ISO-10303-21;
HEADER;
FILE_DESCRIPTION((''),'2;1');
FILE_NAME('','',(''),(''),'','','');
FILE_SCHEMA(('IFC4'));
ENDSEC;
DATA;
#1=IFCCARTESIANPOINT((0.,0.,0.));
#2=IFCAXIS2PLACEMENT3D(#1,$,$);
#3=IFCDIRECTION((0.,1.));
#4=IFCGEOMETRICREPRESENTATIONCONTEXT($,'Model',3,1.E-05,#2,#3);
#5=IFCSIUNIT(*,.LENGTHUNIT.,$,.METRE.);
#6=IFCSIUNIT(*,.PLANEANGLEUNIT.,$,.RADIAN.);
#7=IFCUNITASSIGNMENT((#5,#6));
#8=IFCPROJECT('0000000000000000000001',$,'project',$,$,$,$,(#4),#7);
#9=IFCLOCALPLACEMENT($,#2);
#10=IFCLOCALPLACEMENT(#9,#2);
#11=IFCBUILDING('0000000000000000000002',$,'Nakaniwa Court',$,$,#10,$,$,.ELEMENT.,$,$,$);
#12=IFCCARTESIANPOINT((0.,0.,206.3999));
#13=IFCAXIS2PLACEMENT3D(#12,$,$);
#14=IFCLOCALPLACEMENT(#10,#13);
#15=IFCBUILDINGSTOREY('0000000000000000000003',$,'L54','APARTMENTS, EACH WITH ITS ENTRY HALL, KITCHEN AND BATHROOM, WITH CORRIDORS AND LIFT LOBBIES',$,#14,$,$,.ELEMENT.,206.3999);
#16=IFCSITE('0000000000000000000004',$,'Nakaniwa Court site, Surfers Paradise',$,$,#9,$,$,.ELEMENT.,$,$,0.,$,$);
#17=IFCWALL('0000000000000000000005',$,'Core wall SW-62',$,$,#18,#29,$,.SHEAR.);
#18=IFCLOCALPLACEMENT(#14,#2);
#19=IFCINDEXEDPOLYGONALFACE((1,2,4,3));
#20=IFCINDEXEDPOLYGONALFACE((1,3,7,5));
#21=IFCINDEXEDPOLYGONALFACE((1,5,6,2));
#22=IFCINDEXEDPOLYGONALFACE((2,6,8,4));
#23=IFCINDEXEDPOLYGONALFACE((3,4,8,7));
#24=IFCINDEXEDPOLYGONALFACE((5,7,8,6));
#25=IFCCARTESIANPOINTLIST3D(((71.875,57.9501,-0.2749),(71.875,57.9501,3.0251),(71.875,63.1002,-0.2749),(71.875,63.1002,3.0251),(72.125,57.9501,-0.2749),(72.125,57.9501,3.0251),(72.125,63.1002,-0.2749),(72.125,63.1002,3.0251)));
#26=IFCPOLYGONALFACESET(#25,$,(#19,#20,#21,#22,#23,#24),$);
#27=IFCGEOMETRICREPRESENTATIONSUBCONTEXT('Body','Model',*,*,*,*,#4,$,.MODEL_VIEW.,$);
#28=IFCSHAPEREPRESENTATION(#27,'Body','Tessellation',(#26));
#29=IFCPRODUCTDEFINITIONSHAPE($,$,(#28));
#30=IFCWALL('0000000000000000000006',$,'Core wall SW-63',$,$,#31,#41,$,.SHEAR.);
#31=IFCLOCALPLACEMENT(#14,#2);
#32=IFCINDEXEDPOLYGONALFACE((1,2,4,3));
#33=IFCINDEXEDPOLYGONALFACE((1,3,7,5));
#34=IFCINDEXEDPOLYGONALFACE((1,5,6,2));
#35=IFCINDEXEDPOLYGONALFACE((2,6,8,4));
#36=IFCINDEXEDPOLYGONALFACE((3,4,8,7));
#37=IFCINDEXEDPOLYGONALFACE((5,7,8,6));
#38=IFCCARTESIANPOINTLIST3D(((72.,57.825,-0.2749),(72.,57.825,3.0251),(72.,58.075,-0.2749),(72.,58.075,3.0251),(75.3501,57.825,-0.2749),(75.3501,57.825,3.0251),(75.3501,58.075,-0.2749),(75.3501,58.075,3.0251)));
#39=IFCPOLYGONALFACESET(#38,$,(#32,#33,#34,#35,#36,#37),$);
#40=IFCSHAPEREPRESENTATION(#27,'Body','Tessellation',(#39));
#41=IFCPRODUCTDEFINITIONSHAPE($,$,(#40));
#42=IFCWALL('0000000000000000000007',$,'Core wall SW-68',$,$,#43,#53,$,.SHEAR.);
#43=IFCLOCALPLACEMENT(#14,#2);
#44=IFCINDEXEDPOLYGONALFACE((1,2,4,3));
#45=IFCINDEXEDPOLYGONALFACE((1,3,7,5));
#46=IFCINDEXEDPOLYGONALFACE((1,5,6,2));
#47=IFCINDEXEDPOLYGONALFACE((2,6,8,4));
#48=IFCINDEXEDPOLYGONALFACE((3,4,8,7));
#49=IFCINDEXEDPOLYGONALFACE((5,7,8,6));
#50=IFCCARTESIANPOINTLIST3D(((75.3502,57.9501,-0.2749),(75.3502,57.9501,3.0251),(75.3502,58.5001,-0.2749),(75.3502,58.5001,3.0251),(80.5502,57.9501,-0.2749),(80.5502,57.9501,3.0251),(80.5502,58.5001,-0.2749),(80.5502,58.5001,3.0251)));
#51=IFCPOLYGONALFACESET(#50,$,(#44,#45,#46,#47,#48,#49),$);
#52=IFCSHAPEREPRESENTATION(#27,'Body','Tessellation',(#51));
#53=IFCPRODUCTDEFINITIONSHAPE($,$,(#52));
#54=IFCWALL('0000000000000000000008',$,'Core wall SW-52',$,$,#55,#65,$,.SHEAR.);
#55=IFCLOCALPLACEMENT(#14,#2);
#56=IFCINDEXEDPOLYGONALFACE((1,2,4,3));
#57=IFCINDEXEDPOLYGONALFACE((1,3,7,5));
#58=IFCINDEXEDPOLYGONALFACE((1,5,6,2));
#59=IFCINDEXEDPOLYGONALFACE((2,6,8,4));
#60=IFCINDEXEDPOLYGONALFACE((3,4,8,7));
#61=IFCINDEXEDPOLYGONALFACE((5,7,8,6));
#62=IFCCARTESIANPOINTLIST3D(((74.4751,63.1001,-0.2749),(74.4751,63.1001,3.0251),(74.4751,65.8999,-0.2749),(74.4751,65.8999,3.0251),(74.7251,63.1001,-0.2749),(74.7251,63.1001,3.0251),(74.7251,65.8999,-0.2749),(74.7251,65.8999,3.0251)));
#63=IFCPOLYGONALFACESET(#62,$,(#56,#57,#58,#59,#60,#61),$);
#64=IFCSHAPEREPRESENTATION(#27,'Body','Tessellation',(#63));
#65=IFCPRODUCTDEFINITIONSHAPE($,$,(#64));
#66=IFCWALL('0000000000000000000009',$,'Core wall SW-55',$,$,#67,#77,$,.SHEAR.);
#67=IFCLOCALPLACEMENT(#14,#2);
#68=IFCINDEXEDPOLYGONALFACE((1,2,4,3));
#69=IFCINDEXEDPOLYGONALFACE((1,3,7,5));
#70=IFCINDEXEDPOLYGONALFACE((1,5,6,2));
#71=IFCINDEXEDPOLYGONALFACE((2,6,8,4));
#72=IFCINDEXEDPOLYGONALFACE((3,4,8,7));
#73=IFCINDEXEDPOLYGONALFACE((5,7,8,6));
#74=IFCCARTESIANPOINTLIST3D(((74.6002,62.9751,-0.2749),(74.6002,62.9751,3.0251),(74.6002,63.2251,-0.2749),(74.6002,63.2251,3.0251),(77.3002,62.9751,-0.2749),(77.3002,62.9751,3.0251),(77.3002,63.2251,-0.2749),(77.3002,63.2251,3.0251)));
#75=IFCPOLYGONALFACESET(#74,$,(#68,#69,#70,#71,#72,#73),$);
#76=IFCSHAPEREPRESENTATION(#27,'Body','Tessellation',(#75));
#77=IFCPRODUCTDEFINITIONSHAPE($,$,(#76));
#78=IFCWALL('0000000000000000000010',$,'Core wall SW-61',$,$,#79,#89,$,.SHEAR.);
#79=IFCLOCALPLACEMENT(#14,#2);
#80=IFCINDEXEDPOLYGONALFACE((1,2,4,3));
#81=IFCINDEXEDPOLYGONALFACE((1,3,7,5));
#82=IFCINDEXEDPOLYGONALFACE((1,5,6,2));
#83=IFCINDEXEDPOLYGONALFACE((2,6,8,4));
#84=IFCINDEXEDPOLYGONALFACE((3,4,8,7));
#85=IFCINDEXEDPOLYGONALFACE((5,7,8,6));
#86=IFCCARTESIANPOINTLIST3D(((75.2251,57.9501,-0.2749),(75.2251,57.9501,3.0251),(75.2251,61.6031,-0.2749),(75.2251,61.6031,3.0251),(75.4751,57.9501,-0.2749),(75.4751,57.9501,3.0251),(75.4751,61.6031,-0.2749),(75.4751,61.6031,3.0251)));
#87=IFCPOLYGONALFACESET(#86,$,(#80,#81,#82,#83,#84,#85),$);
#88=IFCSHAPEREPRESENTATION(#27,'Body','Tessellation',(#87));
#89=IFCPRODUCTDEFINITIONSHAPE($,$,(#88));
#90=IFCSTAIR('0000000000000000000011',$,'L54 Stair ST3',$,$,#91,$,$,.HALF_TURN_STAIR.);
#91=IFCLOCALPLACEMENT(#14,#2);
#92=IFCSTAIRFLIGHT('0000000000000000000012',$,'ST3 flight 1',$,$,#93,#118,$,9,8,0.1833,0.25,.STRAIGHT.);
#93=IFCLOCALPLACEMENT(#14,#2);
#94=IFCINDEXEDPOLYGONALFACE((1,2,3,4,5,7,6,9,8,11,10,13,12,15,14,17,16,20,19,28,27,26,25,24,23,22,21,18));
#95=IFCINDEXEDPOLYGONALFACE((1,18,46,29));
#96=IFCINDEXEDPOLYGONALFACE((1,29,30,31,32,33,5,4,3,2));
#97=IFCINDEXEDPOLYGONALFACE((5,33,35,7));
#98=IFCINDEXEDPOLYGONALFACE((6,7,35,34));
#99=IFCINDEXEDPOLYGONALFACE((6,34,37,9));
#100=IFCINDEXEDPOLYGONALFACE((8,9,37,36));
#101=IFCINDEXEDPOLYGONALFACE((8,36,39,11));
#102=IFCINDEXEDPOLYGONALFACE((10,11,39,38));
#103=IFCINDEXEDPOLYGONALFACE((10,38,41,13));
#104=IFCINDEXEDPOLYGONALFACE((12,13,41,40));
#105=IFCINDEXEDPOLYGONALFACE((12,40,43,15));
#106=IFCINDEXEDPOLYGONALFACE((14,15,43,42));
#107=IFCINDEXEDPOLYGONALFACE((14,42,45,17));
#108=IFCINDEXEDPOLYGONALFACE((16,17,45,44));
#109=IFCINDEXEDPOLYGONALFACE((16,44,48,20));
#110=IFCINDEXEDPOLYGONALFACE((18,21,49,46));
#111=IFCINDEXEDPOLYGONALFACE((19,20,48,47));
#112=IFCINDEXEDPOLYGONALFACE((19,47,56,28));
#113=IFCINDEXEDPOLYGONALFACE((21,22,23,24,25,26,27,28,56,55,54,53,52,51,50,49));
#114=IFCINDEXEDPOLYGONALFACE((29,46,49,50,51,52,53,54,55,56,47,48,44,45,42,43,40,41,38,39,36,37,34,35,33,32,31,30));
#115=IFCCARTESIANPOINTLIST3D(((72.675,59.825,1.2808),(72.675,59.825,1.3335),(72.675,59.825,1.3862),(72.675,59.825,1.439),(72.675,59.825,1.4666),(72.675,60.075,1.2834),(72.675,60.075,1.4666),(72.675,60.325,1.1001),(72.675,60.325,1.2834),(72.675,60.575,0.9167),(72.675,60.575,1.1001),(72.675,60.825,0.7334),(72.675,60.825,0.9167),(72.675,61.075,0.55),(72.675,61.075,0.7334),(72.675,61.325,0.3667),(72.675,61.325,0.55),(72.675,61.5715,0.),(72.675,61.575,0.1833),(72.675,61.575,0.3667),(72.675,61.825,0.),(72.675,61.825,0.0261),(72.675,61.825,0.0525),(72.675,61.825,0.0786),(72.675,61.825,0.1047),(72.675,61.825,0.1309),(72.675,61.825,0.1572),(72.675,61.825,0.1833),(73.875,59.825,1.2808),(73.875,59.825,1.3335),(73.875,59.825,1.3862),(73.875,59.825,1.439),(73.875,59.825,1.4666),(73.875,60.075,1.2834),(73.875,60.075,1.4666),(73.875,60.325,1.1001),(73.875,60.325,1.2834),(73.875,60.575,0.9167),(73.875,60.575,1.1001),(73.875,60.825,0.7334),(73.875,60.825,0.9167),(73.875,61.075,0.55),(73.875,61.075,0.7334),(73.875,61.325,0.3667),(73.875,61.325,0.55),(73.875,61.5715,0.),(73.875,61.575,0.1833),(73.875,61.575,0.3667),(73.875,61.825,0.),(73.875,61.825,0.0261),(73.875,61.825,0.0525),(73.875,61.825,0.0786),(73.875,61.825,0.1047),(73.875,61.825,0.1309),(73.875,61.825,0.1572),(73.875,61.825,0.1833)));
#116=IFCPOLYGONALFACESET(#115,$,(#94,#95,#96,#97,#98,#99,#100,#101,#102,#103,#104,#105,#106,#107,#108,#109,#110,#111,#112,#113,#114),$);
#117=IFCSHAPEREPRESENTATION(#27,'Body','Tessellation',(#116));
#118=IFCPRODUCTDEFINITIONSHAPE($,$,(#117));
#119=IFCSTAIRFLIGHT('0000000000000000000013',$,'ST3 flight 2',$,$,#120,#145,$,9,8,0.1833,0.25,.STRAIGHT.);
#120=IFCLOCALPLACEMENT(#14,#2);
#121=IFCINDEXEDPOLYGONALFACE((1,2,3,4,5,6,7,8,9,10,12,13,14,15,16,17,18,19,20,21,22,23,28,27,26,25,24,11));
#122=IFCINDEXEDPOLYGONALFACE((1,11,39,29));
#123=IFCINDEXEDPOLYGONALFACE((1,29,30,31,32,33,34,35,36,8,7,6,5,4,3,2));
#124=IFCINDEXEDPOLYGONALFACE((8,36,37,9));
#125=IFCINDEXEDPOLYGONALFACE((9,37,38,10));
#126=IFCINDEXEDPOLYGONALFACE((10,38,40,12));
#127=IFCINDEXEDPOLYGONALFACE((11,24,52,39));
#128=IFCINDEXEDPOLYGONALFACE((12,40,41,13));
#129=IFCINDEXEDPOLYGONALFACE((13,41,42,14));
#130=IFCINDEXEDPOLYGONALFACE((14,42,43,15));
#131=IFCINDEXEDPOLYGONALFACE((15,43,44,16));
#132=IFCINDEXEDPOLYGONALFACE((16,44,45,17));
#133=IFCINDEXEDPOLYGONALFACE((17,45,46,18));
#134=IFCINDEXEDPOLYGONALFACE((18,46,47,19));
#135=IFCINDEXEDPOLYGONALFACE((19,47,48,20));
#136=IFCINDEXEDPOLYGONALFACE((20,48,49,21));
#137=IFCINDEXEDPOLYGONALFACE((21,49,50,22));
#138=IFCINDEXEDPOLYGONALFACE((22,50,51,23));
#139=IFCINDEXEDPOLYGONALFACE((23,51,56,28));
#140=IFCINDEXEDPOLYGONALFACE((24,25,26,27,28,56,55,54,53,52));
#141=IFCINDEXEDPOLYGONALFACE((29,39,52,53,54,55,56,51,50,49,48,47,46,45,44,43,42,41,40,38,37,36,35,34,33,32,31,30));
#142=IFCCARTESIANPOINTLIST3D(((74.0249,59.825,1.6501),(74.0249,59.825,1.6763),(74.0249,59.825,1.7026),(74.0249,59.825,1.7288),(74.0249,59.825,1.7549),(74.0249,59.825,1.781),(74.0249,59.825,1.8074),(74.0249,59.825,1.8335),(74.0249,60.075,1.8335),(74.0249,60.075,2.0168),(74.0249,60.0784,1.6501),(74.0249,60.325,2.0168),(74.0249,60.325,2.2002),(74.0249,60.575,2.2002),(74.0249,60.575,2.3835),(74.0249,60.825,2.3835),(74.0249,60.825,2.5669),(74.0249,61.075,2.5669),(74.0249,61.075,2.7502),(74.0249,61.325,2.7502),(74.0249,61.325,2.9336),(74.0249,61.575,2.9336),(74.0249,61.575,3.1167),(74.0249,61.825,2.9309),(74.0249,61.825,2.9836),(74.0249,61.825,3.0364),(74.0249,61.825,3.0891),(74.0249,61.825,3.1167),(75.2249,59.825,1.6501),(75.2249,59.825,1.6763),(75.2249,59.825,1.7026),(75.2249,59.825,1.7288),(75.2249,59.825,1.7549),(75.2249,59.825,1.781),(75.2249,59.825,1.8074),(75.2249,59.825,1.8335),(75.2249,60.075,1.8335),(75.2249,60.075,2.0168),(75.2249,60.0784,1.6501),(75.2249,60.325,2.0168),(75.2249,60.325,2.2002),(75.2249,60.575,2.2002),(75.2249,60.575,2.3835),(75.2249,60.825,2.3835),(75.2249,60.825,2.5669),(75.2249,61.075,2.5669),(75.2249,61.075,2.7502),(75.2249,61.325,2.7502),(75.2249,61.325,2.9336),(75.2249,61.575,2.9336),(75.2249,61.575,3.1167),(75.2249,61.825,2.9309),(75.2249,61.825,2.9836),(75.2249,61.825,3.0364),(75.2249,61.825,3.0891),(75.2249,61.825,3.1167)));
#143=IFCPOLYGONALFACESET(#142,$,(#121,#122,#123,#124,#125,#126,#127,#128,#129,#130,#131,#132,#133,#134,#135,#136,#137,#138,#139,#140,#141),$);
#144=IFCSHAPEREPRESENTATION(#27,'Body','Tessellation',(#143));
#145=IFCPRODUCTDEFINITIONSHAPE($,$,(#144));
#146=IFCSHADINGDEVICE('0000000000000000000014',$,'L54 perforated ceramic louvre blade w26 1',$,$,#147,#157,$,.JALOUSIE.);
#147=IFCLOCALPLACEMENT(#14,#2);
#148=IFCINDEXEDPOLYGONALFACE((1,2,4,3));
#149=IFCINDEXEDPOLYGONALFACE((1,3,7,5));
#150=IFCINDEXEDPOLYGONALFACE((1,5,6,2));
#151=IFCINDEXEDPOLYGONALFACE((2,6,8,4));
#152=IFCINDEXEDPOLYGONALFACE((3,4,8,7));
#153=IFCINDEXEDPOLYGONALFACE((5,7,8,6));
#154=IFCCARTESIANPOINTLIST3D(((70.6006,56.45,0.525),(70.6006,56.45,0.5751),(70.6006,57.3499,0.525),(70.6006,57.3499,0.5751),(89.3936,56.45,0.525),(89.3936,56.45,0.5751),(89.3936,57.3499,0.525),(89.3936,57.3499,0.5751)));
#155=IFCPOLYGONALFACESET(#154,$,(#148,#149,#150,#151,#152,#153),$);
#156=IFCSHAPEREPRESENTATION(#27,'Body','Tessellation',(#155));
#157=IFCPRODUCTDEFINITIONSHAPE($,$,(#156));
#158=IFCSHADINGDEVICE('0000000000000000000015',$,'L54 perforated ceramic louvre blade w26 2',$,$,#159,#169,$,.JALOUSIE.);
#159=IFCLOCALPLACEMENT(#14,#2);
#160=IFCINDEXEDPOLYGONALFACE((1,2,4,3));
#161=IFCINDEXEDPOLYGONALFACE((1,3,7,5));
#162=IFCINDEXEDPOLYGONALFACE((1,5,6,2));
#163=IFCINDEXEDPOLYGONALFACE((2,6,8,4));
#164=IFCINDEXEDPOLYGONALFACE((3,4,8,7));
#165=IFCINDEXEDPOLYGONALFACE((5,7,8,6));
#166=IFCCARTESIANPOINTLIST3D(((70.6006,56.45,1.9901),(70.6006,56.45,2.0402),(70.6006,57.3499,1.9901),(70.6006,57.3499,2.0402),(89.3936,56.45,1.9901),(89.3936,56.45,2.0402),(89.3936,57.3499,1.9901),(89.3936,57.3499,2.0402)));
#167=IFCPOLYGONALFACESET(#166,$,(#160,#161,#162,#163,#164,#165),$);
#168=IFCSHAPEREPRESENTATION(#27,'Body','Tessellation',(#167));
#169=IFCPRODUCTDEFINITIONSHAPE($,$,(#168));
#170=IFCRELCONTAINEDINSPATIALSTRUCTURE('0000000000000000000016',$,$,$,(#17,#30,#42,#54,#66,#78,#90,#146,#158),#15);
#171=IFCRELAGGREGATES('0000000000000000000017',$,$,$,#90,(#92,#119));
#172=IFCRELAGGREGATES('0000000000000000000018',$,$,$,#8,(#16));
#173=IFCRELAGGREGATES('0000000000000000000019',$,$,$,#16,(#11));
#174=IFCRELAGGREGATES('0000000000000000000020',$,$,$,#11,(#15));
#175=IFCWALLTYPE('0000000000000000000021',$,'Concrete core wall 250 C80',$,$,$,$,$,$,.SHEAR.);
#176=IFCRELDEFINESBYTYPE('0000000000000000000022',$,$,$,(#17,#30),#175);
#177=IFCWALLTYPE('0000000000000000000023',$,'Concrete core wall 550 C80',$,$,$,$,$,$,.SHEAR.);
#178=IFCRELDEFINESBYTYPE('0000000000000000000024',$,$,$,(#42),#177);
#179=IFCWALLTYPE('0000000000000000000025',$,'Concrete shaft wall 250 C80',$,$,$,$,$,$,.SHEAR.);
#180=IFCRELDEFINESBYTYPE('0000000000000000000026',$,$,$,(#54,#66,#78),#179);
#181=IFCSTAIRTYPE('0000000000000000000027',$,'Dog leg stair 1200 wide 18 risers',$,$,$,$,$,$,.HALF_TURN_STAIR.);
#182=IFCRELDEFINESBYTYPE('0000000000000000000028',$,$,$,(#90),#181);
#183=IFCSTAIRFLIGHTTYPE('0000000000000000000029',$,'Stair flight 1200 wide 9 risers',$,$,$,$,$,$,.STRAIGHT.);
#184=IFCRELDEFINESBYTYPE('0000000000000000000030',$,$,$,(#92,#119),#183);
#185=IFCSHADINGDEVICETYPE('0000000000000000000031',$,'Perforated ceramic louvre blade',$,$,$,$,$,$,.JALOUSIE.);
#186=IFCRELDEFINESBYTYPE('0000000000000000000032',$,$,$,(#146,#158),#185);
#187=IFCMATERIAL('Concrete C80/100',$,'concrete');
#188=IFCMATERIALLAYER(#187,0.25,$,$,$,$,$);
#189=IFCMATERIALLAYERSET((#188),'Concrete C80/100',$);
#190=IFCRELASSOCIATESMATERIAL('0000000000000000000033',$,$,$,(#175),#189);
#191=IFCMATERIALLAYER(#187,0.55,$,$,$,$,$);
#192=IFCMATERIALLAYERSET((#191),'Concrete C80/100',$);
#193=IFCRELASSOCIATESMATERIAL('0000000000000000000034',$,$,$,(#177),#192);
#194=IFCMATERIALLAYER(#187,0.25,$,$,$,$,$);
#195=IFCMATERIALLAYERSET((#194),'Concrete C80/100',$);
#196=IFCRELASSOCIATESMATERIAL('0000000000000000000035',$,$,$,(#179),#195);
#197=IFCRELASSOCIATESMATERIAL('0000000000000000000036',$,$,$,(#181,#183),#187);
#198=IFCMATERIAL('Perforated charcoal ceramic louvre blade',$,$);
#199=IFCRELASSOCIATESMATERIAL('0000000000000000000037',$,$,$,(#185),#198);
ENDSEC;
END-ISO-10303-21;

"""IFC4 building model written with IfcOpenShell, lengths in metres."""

from ifc_helpers import new_model, si_unit, direction, frame, frame_2d, origin, origin_2d, place, context, subcontext, project, spatial, polyline, rectangle, outline, extrude, material, layer, layer_set, material_profile, profile_set, type_object, element, aggregate, save


model = new_model("IFC4")

# Units and contexts
model_context = context("Model", 3, precision=1e-05, world=origin(), true_north=direction((0.0, 1.0)))
body_context = subcontext(model_context, "Body", "Model", "MODEL_VIEW")
ifc_project = project(units=[si_unit("LENGTHUNIT", "METRE"), si_unit("PLANEANGLEUNIT", "RADIAN")], contexts=[model_context])

# Site, building, storey
site_placement = place(None, origin())
site = spatial("IfcSite", under=ifc_project, at=site_placement, Name="Nakaniwa Court site, Surfers Paradise", CompositionType="ELEMENT", RefElevation=0.0)
building_placement = place(site_placement, origin())
building = spatial("IfcBuilding", under=site, at=building_placement, Name="Nakaniwa Court", CompositionType="ELEMENT")
storey_placement = place(building_placement, frame((0.0, 0.0, 206.3999)))
storey = spatial("IfcBuildingStorey", under=building, at=storey_placement, Name="L54", Description="APARTMENTS, EACH WITH ITS ENTRY HALL, KITCHEN AND BATHROOM, WITH CORRIDORS AND LIFT LOBBIES", CompositionType="ELEMENT", Elevation=206.3999)

# Shared definitions
ifc_material_1 = material(Name="Concrete C80/100", Category="concrete")

# Walls
ifc_layer_1 = layer(ifc_material_1, 0.25)
ifc_layer_set_1 = layer_set([ifc_layer_1], Name="Concrete C80/100")
wall_type_1 = type_object("IfcWallType", Name="Concrete core wall 250 C80", PredefinedType="SHEAR", material=ifc_layer_set_1)
wall_1_placement = place(storey_placement, frame((72.0, 57.95, -0.2749), z_axis=(0.0, 0.0, 1.0), x_axis=(0.0, 1.0, 0.0)))
element("IfcWall", 1, at=wall_1_placement, inside=storey, type_object=wall_type_1, Name="Core wall SW-62", PredefinedType="SHEAR", context=body_context, shape_type="SweptSolid", body=[
    extrude(rectangle(XDim=5.1501, YDim=0.25, at=frame_2d((2.5752, 0.0))), origin(), (0.0, 0.0, 1.0), 3.3),
])
wall_2_placement = place(storey_placement, frame((72.0, 57.95, -0.2749), z_axis=(0.0, 0.0, 1.0), x_axis=(1.0, 0.0, 0.0)))
element("IfcWall", 2, at=wall_2_placement, inside=storey, type_object=wall_type_1, Name="Core wall SW-63", PredefinedType="SHEAR", context=body_context, shape_type="SweptSolid", body=[
    extrude(rectangle(XDim=3.3501, YDim=0.25, at=frame_2d((1.675, 0.0))), origin(), (0.0, 0.0, 1.0), 3.3),
])
ifc_layer_2 = layer(ifc_material_1, 0.55)
ifc_layer_set_2 = layer_set([ifc_layer_2], Name="Concrete C80/100")
wall_type_2 = type_object("IfcWallType", Name="Concrete core wall 550 C80", PredefinedType="SHEAR", material=ifc_layer_set_2)
wall_3_placement = place(storey_placement, frame((75.3501, 58.2251, -0.2749), z_axis=(0.0, 0.0, 1.0), x_axis=(1.0, 0.0, 0.0)))
element("IfcWall", 3, at=wall_3_placement, inside=storey, type_object=wall_type_2, Name="Core wall SW-68", PredefinedType="SHEAR", context=body_context, shape_type="SweptSolid", body=[
    extrude(rectangle(XDim=5.2, YDim=0.55, at=frame_2d((2.6001, 0.0))), origin(), (0.0, 0.0, 1.0), 3.3),
])
ifc_layer_3 = layer(ifc_material_1, 0.25)
ifc_layer_set_3 = layer_set([ifc_layer_3], Name="Concrete C80/100")
wall_type_3 = type_object("IfcWallType", Name="Concrete shaft wall 250 C80", PredefinedType="SHEAR", material=ifc_layer_set_3)
wall_4_placement = place(storey_placement, frame((74.6001, 63.1001, -0.2749), z_axis=(0.0, 0.0, 1.0), x_axis=(0.0, 1.0, 0.0)))
element("IfcWall", 4, at=wall_4_placement, inside=storey, type_object=wall_type_3, Name="Core wall SW-52", PredefinedType="SHEAR", context=body_context, shape_type="SweptSolid", body=[
    extrude(rectangle(XDim=2.7998, YDim=0.25, at=frame_2d((1.3999, 0.0))), origin(), (0.0, 0.0, 1.0), 3.3),
])
wall_5_placement = place(storey_placement, frame((74.6001, 63.1001, -0.2749), z_axis=(0.0, 0.0, 1.0), x_axis=(1.0, 0.0, 0.0)))
element("IfcWall", 5, at=wall_5_placement, inside=storey, type_object=wall_type_3, Name="Core wall SW-55", PredefinedType="SHEAR", context=body_context, shape_type="SweptSolid", body=[
    extrude(rectangle(XDim=2.7, YDim=0.25, at=frame_2d((1.3501, 0.0))), origin(), (0.0, 0.0, 1.0), 3.3),
])
wall_6_placement = place(storey_placement, frame((75.3501, 57.95, -0.2749), z_axis=(0.0, 0.0, 1.0), x_axis=(0.0, 1.0, 0.0)))
element("IfcWall", 6, at=wall_6_placement, inside=storey, type_object=wall_type_3, Name="Core wall SW-61", PredefinedType="SHEAR", context=body_context, shape_type="SweptSolid", body=[
    extrude(rectangle(XDim=3.6531, YDim=0.25, at=frame_2d((1.8267, 0.0))), origin(), (0.0, 0.0, 1.0), 3.3),
])

# Stair, stair flights
stair_type = type_object("IfcStairType", Name="Dog leg stair 1200 wide 18 risers", PredefinedType="HALF_TURN_STAIR", material=ifc_material_1)
stair_placement = place(storey_placement, origin())
stair = element("IfcStair", 7, at=stair_placement, inside=storey, type_object=stair_type, Name="L54 Stair ST3", PredefinedType="HALF_TURN_STAIR")
stair_flight_type = type_object("IfcStairFlightType", Name="Stair flight 1200 wide 9 risers", PredefinedType="STRAIGHT", material=ifc_material_1)
stair_flight_1_placement = place(storey_placement, frame((73.2749, 61.825, 0.0), z_axis=(0.0, 0.0, 1.0), x_axis=(0.0, -1.0, 0.0)))
stair_flight_1 = element("IfcStairFlight", 8, at=stair_flight_1_placement, type_object=stair_flight_type, Name="ST3 flight 1", NumberOfRisers=9, NumberOfTreads=8, PredefinedType="STRAIGHT", RiserHeight=0.1833, TreadLength=0.25, context=body_context, shape_type="SweptSolid", body=[
    extrude(outline(polyline([(0.0, 0.0), (0.0, 0.0261), (0.0, 0.0525), (0.0, 0.0786), (0.0, 0.1047), (0.0, 0.1309), (0.0, 0.1572), (0.0, 0.1833), (0.25, 0.1833), (0.25, 0.3667), (0.5, 0.3667), (0.5, 0.55), (0.75, 0.55), (0.75, 0.7334), (1.0, 0.7334), (1.0, 0.9167), (1.25, 0.9167), (1.25, 1.1001), (1.5, 1.1001), (1.5, 1.2834), (1.75, 1.2834), (1.75, 1.4666), (2.0, 1.4666), (2.0, 1.6499), (2.0, 1.5972), (2.0, 1.5444), (2.0, 1.4917), (2.0, 1.439), (2.0, 1.3862), (2.0, 1.3335), (2.0, 1.2808), (0.2534, 0.0), (0.0, 0.0)])), frame((0.0, 0.6001, 0.0), z_axis=(0.0, -1.0, 0.0), x_axis=(1.0, 0.0, 0.0)), (0.0, 0.0, 1.0), 1.2),
])
stair_flight_2_placement = place(storey_placement, frame((74.625, 59.825, 1.6501), z_axis=(0.0, 0.0, 1.0), x_axis=(0.0, 1.0, 0.0)))
stair_flight_2 = element("IfcStairFlight", 9, at=stair_flight_2_placement, type_object=stair_flight_type, Name="ST3 flight 2", NumberOfRisers=9, NumberOfTreads=8, PredefinedType="STRAIGHT", RiserHeight=0.1833, TreadLength=0.25, context=body_context, shape_type="SweptSolid", body=[
    extrude(outline(polyline([(0.0, 0.0), (0.0, 0.0261), (0.0, 0.0525), (0.0, 0.0786), (0.0, 0.1047), (0.0, 0.1309), (0.0, 0.1572), (0.0, 0.1833), (0.25, 0.1833), (0.25, 0.3667), (0.5, 0.3667), (0.5, 0.55), (0.75, 0.55), (0.75, 0.7334), (1.0, 0.7334), (1.0, 0.9167), (1.25, 0.9167), (1.25, 1.1001), (1.5, 1.1001), (1.5, 1.2834), (1.75, 1.2834), (1.75, 1.4666), (2.0, 1.4666), (2.0, 1.6499), (2.0, 1.5972), (2.0, 1.5444), (2.0, 1.4917), (2.0, 1.439), (2.0, 1.3862), (2.0, 1.3335), (2.0, 1.2808), (0.2534, 0.0), (0.0, 0.0)])), frame((0.0, 0.6001, 0.0), z_axis=(0.0, -1.0, 0.0), x_axis=(1.0, 0.0, 0.0)), (0.0, 0.0, 1.0), 1.2),
])
aggregate(stair, [stair_flight_1, stair_flight_2])

# Shading devices
ifc_material_2 = material(Name="Perforated charcoal ceramic louvre blade")
ifc_material_profile_1 = material_profile(ifc_material_2, rectangle(XDim=0.8999, YDim=0.05, at=origin_2d()), Name="Perforated ceramic louvre blade")
ifc_profile_set_1 = profile_set([ifc_material_profile_1], Name="Perforated charcoal ceramic louvre blade")
shading_device_type = type_object("IfcShadingDeviceType", Name="Perforated ceramic louvre blade", PredefinedType="JALOUSIE", material=ifc_profile_set_1)
for number, where, z_axis, x_axis, name in (
    (10, (70.6006, 56.8999, 0.55), (1.0, 0.0, 0.0), (0.0, 1.0, 0.0), "L54 perforated ceramic louvre blade w26 1"),
    (11, (70.6006, 56.8999, 2.0151), (1.0, 0.0, 0.0), (0.0, 1.0, 0.0), "L54 perforated ceramic louvre blade w26 2"),
):
    element("IfcShadingDevice", number, at=place(storey_placement, frame(where, z_axis=z_axis, x_axis=x_axis)), inside=storey, type_object=shading_device_type, Name=name, PredefinedType="JALOUSIE", context=body_context, shape_type="SweptSolid", body=[
        extrude(rectangle(XDim=0.8999, YDim=0.05, at=origin_2d()), origin(), (0.0, 0.0, 1.0), 18.793),
    ])

save(model, "model.ifc")
